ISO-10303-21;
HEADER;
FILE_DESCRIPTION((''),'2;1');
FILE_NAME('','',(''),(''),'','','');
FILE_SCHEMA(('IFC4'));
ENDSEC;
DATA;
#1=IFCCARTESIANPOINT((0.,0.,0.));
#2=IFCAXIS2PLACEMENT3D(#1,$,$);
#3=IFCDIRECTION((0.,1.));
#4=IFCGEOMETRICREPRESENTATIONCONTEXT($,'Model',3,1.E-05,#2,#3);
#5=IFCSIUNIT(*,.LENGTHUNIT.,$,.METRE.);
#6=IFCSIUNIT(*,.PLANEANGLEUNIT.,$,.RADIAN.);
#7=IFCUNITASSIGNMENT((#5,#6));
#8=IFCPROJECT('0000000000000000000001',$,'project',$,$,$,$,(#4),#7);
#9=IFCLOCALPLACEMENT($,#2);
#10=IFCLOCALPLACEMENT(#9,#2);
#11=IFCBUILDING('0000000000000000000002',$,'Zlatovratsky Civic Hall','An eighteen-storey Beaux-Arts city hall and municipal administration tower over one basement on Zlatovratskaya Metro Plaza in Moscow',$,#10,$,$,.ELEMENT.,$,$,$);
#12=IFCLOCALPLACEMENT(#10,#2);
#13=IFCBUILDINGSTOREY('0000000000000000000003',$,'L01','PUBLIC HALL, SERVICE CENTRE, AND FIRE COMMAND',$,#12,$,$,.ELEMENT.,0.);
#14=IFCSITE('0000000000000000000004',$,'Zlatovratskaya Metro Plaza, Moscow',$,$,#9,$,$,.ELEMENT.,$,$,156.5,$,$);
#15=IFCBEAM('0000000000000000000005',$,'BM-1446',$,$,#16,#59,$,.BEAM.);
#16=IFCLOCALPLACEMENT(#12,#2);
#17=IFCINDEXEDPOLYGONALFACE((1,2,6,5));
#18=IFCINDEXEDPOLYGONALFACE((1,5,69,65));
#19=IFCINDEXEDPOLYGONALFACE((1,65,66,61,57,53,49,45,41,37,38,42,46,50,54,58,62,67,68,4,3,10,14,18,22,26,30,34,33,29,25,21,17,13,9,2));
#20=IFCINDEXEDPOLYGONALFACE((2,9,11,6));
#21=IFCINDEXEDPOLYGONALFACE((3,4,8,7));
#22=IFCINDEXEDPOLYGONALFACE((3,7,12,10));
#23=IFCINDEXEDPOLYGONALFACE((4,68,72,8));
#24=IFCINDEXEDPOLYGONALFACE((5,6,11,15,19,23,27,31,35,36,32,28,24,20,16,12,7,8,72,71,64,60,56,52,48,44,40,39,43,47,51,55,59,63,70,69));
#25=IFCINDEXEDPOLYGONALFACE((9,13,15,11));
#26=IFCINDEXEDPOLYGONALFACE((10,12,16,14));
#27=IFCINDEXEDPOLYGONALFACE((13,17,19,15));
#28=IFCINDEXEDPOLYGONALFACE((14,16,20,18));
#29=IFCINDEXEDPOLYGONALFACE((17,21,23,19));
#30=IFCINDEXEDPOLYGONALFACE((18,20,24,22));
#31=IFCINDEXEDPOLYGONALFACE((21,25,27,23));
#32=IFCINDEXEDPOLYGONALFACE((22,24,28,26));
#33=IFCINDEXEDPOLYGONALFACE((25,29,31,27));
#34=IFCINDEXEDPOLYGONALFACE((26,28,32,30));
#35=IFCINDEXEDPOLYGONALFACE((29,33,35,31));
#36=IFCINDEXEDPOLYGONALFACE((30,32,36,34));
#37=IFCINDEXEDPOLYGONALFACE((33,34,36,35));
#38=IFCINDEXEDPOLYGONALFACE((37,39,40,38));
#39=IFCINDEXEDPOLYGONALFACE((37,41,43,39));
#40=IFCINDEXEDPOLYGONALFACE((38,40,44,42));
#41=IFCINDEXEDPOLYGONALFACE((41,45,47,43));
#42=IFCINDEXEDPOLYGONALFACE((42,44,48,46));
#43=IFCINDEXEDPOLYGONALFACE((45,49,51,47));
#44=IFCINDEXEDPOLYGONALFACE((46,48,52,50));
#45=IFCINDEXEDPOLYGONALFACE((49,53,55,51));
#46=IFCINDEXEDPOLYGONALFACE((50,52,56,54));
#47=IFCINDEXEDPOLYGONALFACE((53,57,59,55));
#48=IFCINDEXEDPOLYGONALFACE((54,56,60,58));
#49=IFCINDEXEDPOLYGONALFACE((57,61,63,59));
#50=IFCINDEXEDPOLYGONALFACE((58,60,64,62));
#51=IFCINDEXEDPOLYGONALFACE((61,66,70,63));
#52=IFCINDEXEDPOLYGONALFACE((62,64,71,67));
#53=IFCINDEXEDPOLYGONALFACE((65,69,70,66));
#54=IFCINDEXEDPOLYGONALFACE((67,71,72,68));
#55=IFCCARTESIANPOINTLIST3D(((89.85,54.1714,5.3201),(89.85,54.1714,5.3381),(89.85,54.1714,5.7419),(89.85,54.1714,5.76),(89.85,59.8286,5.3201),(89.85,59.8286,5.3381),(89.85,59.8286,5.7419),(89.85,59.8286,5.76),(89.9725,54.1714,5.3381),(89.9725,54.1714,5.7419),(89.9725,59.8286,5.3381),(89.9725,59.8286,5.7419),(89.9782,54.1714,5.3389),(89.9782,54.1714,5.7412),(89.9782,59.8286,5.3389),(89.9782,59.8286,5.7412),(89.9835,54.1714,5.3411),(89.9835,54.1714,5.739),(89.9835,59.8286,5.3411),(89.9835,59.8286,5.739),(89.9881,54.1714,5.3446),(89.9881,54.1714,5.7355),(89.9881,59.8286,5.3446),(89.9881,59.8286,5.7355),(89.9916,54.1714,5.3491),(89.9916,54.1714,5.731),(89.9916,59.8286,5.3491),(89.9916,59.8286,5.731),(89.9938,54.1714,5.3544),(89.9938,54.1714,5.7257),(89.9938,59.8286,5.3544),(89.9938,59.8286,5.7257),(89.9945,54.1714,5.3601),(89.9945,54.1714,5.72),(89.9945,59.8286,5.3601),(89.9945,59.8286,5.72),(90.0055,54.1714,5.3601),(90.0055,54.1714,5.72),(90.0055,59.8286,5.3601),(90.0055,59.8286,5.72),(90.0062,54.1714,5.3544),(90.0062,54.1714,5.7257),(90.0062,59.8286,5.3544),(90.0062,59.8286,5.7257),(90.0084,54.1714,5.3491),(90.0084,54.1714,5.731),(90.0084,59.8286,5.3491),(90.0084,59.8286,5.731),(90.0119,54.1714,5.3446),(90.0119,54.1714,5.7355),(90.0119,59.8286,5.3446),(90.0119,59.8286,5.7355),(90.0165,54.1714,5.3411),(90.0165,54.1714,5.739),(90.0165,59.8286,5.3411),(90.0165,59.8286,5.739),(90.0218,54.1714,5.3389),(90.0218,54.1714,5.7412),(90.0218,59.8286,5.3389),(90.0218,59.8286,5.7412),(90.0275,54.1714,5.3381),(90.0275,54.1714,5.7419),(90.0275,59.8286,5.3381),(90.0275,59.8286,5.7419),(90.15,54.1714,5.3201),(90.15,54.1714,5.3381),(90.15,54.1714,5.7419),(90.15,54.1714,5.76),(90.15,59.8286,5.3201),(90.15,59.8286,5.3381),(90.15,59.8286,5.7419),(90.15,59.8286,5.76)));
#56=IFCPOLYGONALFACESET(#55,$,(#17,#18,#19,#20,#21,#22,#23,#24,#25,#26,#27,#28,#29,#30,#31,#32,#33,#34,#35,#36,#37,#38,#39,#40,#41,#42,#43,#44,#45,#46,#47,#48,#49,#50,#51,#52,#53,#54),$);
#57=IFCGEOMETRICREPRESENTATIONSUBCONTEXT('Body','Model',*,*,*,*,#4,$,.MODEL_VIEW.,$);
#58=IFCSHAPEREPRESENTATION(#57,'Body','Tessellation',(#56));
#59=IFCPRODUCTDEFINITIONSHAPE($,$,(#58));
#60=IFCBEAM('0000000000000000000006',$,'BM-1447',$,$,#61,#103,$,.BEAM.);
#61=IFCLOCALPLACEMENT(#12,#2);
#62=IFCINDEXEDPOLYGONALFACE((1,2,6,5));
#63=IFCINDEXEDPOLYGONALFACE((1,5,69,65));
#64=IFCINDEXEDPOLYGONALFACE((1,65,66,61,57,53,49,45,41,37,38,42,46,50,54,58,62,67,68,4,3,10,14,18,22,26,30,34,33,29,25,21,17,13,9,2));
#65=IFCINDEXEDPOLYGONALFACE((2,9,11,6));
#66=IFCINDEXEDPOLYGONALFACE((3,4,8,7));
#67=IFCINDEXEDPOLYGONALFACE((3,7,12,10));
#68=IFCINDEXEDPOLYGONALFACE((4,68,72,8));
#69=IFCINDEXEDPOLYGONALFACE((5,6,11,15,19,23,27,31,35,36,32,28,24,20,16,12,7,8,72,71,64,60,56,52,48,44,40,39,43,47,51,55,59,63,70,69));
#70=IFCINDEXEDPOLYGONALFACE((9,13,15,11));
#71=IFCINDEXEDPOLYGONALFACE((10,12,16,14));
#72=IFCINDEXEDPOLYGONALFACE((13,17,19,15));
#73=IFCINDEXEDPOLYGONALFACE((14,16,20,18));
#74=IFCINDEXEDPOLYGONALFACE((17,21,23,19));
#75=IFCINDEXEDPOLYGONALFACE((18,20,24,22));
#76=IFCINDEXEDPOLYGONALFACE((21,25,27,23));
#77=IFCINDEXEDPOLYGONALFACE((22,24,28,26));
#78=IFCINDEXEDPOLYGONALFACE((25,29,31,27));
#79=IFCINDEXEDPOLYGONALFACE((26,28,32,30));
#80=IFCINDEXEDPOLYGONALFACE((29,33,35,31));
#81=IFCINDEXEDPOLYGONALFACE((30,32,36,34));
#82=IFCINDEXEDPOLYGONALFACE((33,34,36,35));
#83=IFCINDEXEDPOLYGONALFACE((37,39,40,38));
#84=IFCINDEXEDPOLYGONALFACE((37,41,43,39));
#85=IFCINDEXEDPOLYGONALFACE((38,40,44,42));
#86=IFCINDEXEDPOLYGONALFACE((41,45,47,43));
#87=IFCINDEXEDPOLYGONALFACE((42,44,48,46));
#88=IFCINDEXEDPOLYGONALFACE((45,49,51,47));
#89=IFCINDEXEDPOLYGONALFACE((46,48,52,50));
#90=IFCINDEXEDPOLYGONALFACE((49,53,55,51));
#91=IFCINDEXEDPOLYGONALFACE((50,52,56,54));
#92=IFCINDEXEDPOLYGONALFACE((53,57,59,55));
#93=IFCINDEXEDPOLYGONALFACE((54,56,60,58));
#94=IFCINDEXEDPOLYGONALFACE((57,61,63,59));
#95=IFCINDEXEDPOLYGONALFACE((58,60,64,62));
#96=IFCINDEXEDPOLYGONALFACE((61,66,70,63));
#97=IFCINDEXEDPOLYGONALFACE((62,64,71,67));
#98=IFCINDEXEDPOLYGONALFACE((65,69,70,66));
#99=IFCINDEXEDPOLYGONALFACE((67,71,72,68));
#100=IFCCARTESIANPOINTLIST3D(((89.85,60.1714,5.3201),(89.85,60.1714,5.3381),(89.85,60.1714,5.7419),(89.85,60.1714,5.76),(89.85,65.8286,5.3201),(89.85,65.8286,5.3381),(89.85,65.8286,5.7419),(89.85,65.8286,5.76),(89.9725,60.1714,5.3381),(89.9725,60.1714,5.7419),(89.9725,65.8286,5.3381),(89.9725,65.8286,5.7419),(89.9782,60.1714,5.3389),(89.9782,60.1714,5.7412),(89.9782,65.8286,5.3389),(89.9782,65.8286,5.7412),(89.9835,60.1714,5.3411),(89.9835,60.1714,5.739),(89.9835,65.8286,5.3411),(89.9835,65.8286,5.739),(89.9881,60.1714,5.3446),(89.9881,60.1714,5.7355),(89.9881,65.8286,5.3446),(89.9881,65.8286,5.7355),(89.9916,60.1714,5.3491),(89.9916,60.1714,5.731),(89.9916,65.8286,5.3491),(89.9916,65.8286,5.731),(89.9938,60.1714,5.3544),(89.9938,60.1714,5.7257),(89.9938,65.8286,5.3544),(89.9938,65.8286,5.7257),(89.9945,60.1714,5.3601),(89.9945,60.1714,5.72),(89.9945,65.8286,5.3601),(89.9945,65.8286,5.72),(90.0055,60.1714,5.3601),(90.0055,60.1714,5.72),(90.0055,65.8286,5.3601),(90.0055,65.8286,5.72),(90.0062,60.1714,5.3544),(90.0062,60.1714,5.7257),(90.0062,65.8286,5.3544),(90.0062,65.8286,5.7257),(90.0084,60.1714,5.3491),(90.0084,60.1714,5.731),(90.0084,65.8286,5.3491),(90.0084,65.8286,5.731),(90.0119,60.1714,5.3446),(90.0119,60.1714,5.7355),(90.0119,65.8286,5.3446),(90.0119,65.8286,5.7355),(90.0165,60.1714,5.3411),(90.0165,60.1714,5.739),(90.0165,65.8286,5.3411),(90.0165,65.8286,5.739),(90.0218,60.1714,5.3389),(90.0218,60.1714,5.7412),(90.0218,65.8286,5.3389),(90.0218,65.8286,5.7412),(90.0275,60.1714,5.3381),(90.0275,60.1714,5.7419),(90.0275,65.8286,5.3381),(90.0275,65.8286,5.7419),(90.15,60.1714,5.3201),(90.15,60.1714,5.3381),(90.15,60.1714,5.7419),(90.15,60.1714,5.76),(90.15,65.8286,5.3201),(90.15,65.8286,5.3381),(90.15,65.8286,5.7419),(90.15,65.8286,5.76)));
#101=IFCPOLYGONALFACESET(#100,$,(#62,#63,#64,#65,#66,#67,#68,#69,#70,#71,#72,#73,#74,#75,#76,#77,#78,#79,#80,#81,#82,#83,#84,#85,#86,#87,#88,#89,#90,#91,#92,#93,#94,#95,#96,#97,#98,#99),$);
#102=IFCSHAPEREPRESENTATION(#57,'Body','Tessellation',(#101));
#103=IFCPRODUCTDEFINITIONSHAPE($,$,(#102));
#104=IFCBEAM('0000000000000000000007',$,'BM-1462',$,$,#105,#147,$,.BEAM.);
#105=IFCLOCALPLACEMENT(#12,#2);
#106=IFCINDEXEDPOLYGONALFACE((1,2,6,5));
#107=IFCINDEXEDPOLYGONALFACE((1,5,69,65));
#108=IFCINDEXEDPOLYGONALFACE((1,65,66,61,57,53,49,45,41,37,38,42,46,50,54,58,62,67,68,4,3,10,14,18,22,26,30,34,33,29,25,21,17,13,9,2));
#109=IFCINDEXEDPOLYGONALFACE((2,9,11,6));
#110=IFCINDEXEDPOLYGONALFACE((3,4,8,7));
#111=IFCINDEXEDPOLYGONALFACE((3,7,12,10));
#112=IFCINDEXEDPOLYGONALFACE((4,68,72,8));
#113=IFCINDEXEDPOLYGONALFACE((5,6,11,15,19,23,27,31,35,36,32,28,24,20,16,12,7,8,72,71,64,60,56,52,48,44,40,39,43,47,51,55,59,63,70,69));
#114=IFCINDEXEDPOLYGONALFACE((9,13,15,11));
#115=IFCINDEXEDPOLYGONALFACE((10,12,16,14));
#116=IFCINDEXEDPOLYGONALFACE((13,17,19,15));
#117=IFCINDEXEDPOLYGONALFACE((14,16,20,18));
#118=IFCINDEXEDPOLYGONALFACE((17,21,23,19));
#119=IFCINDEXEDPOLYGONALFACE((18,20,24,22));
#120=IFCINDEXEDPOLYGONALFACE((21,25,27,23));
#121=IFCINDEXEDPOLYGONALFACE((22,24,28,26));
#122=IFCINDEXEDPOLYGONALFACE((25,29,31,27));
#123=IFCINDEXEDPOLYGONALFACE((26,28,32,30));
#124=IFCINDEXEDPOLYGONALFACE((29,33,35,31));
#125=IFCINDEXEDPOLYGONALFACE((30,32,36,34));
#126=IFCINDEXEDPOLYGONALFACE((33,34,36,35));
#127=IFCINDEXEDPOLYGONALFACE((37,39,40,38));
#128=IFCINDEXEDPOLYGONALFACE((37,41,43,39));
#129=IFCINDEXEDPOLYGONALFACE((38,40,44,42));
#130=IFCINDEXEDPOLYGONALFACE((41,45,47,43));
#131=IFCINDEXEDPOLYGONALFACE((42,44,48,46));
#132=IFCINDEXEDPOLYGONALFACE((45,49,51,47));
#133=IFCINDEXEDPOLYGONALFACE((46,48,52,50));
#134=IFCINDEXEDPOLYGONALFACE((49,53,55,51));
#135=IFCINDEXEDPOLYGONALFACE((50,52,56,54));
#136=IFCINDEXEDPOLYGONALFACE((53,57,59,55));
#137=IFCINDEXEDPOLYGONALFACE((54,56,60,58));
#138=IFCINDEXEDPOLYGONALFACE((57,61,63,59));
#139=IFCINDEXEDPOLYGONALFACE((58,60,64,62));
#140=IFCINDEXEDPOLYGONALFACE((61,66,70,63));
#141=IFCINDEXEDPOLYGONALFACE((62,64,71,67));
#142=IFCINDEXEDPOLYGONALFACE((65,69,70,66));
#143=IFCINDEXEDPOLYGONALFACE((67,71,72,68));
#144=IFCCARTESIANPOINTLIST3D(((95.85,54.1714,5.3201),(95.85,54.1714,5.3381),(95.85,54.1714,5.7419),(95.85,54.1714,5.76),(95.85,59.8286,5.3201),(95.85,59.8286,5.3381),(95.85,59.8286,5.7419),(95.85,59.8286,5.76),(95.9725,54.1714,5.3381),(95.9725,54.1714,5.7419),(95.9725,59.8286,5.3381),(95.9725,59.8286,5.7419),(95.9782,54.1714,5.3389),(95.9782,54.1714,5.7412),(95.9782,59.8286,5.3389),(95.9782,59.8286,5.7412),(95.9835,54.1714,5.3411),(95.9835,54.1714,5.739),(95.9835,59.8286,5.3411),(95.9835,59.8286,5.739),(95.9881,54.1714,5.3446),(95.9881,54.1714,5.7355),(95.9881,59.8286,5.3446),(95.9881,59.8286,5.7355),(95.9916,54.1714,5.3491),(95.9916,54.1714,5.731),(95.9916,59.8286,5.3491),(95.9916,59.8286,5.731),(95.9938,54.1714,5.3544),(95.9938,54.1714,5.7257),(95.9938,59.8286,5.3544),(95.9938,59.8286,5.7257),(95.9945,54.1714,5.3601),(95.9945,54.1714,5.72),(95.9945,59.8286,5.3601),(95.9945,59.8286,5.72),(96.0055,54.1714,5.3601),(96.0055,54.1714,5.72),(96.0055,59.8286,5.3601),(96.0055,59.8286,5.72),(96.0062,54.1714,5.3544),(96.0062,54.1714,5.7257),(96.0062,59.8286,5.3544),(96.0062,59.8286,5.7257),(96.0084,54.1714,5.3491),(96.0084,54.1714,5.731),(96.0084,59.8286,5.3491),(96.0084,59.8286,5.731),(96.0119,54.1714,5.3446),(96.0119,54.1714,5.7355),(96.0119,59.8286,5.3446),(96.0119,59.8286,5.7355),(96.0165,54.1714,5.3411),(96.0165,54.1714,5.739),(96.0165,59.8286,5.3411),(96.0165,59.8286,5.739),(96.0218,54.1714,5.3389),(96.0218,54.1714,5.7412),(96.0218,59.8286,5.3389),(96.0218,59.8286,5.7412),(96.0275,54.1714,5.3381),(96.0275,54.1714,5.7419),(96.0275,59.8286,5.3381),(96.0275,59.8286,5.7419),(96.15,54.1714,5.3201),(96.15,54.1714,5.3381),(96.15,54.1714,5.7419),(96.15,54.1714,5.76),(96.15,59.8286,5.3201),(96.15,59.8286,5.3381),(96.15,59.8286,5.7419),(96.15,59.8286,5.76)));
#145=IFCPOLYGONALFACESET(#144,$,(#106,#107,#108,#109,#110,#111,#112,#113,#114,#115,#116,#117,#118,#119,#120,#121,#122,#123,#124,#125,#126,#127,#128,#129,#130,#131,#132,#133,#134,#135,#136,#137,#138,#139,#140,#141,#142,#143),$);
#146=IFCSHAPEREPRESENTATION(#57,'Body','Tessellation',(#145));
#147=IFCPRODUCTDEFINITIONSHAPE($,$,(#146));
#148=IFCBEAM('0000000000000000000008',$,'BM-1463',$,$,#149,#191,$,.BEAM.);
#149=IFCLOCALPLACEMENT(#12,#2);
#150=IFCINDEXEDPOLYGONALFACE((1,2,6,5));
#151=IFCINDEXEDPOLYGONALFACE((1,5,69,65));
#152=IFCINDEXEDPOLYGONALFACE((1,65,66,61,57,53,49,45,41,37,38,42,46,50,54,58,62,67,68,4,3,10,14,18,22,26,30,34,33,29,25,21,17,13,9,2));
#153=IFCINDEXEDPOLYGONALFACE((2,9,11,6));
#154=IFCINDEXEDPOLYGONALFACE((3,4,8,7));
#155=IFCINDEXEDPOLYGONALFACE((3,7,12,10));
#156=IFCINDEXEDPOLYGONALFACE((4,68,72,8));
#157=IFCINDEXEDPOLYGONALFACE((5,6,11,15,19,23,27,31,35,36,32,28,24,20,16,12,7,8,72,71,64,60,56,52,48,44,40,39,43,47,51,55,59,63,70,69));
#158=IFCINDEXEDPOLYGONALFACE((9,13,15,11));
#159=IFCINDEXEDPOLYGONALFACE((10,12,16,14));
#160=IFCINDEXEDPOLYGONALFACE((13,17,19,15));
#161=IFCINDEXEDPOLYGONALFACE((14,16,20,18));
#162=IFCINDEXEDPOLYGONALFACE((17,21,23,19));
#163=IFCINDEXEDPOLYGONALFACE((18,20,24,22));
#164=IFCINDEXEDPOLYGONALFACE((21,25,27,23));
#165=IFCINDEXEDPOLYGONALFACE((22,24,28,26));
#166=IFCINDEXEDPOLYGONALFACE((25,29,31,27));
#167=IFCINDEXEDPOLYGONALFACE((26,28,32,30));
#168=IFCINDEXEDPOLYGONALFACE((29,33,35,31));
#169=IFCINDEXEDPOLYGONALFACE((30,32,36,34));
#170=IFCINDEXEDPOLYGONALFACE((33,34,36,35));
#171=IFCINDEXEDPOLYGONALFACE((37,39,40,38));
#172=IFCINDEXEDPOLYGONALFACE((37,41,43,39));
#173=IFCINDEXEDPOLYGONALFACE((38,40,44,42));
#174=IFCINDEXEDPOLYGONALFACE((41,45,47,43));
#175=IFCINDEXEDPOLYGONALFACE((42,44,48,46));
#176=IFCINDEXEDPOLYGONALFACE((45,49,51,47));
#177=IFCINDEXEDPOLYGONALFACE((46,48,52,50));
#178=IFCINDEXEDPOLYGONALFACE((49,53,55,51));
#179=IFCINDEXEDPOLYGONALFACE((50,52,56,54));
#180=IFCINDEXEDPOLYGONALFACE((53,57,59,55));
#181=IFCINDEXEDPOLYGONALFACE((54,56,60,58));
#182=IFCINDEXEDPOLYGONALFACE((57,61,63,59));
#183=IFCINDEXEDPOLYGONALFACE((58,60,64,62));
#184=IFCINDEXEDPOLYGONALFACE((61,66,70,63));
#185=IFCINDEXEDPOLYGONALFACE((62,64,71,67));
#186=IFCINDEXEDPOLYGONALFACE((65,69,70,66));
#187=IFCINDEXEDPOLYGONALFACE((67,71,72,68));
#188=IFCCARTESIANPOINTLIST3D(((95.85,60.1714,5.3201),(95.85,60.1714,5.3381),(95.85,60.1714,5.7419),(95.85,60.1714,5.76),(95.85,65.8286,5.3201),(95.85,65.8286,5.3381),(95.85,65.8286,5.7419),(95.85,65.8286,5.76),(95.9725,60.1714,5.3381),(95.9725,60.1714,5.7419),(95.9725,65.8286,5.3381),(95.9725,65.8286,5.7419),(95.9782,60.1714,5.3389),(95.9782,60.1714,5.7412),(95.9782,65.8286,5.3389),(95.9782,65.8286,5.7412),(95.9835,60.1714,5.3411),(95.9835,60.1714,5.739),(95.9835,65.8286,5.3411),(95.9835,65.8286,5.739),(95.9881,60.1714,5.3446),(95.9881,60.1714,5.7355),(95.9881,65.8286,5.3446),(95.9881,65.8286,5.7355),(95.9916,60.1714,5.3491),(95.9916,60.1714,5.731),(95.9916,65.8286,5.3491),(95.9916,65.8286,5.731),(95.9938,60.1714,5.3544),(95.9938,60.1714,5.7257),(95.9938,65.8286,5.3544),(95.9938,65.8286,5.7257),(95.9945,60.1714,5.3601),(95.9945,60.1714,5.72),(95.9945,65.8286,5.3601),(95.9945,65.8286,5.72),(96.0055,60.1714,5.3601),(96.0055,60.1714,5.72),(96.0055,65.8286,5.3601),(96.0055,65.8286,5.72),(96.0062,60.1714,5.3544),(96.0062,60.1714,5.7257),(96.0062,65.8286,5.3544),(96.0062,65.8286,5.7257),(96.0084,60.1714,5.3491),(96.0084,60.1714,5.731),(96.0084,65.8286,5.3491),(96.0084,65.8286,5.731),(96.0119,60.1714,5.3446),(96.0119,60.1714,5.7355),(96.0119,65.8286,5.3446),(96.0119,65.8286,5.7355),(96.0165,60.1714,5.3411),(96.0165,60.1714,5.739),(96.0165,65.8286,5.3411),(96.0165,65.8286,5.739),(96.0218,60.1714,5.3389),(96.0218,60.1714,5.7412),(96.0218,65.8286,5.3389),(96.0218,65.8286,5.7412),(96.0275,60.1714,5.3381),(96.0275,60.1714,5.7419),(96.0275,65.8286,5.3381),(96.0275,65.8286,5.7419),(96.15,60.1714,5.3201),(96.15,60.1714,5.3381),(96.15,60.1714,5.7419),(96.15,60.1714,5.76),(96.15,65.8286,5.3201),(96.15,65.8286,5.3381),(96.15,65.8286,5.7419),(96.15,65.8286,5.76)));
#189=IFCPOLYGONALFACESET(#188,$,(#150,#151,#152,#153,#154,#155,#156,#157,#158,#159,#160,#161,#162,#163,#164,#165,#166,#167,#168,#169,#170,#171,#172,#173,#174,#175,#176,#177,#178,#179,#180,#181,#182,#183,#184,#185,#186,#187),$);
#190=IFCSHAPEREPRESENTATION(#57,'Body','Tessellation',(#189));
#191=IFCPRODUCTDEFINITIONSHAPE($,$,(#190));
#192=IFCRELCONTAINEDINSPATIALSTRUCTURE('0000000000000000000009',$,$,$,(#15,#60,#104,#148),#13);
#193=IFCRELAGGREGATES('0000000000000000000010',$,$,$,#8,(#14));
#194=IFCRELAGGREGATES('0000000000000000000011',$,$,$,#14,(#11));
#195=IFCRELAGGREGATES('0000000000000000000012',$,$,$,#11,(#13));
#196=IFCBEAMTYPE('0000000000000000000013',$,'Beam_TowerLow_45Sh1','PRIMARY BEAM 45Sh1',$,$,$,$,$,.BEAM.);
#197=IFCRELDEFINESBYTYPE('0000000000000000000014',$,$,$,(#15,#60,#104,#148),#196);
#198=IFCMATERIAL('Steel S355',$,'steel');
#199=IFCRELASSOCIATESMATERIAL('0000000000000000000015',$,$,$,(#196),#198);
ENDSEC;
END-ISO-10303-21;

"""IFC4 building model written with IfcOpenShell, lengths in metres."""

from ifc_helpers import new_model, si_unit, direction, frame, origin, origin_2d, place, context, subcontext, project, spatial, i_section, extrude, material, material_profile, profile_set, type_object, element, save


model = new_model("IFC4")

# Units and contexts
model_context = context("Model", 3, precision=1e-05, world=origin(), true_north=direction((0.0, 1.0)))
body_context = subcontext(model_context, "Body", "Model", "MODEL_VIEW")
ifc_project = project(units=[si_unit("LENGTHUNIT", "METRE"), si_unit("PLANEANGLEUNIT", "RADIAN")], contexts=[model_context])

# Site, building, storey
site_placement = place(None, origin())
site = spatial("IfcSite", under=ifc_project, at=site_placement, Name="Zlatovratskaya Metro Plaza, Moscow", CompositionType="ELEMENT", RefElevation=156.5)
building_placement = place(site_placement, origin())
building = spatial("IfcBuilding", under=site, at=building_placement, Name="Zlatovratsky Civic Hall", Description="An eighteen-storey Beaux-Arts city hall and municipal administration tower over one basement on Zlatovratskaya Metro Plaza in Moscow", CompositionType="ELEMENT")
storey_placement = place(building_placement, origin())
storey = spatial("IfcBuildingStorey", under=building, at=storey_placement, Name="L01", Description="PUBLIC HALL, SERVICE CENTRE, AND FIRE COMMAND", CompositionType="ELEMENT", Elevation=0.0)

# Shared definitions
ifc_material_1 = material(Name="Steel S355", Category="steel")

# Beams
ifc_material_profile_1 = material_profile(ifc_material_1, i_section(OverallWidth=0.3, OverallDepth=0.4399, WebThickness=0.011, FlangeThickness=0.0181, FilletRadius=0.022, at=origin_2d()), Name="45Sh1")
ifc_profile_set_1 = profile_set([ifc_material_profile_1], Name="Steel S355")
beam_type = type_object("IfcBeamType", Name="Beam_TowerLow_45Sh1", Description="PRIMARY BEAM 45Sh1", PredefinedType="BEAM", material=ifc_profile_set_1)
for number, where, z_axis, x_axis, name in (
    (1, (90.0, 54.1714, 5.54), (0.0, 1.0, 0.0), (-1.0, 0.0, 0.0), "BM-1446"),
    (2, (90.0, 60.1714, 5.54), (0.0, 1.0, 0.0), (-1.0, 0.0, 0.0), "BM-1447"),
    (3, (96.0, 54.1714, 5.54), (0.0, 1.0, 0.0), (-1.0, 0.0, 0.0), "BM-1462"),
    (4, (96.0, 60.1714, 5.54), (0.0, 1.0, 0.0), (-1.0, 0.0, 0.0), "BM-1463"),
):
    element("IfcBeam", number, at=place(storey_placement, frame(where, z_axis=z_axis, x_axis=x_axis)), inside=storey, type_object=beam_type, Name=name, PredefinedType="BEAM", context=body_context, shape_type="SweptSolid", body=[
        extrude(i_section(OverallWidth=0.3, OverallDepth=0.4399, WebThickness=0.011, FlangeThickness=0.0181, FilletRadius=0.022, at=origin_2d()), origin(), (0.0, 0.0, 1.0), 5.6572),
    ])

save(model, "model.ifc")
